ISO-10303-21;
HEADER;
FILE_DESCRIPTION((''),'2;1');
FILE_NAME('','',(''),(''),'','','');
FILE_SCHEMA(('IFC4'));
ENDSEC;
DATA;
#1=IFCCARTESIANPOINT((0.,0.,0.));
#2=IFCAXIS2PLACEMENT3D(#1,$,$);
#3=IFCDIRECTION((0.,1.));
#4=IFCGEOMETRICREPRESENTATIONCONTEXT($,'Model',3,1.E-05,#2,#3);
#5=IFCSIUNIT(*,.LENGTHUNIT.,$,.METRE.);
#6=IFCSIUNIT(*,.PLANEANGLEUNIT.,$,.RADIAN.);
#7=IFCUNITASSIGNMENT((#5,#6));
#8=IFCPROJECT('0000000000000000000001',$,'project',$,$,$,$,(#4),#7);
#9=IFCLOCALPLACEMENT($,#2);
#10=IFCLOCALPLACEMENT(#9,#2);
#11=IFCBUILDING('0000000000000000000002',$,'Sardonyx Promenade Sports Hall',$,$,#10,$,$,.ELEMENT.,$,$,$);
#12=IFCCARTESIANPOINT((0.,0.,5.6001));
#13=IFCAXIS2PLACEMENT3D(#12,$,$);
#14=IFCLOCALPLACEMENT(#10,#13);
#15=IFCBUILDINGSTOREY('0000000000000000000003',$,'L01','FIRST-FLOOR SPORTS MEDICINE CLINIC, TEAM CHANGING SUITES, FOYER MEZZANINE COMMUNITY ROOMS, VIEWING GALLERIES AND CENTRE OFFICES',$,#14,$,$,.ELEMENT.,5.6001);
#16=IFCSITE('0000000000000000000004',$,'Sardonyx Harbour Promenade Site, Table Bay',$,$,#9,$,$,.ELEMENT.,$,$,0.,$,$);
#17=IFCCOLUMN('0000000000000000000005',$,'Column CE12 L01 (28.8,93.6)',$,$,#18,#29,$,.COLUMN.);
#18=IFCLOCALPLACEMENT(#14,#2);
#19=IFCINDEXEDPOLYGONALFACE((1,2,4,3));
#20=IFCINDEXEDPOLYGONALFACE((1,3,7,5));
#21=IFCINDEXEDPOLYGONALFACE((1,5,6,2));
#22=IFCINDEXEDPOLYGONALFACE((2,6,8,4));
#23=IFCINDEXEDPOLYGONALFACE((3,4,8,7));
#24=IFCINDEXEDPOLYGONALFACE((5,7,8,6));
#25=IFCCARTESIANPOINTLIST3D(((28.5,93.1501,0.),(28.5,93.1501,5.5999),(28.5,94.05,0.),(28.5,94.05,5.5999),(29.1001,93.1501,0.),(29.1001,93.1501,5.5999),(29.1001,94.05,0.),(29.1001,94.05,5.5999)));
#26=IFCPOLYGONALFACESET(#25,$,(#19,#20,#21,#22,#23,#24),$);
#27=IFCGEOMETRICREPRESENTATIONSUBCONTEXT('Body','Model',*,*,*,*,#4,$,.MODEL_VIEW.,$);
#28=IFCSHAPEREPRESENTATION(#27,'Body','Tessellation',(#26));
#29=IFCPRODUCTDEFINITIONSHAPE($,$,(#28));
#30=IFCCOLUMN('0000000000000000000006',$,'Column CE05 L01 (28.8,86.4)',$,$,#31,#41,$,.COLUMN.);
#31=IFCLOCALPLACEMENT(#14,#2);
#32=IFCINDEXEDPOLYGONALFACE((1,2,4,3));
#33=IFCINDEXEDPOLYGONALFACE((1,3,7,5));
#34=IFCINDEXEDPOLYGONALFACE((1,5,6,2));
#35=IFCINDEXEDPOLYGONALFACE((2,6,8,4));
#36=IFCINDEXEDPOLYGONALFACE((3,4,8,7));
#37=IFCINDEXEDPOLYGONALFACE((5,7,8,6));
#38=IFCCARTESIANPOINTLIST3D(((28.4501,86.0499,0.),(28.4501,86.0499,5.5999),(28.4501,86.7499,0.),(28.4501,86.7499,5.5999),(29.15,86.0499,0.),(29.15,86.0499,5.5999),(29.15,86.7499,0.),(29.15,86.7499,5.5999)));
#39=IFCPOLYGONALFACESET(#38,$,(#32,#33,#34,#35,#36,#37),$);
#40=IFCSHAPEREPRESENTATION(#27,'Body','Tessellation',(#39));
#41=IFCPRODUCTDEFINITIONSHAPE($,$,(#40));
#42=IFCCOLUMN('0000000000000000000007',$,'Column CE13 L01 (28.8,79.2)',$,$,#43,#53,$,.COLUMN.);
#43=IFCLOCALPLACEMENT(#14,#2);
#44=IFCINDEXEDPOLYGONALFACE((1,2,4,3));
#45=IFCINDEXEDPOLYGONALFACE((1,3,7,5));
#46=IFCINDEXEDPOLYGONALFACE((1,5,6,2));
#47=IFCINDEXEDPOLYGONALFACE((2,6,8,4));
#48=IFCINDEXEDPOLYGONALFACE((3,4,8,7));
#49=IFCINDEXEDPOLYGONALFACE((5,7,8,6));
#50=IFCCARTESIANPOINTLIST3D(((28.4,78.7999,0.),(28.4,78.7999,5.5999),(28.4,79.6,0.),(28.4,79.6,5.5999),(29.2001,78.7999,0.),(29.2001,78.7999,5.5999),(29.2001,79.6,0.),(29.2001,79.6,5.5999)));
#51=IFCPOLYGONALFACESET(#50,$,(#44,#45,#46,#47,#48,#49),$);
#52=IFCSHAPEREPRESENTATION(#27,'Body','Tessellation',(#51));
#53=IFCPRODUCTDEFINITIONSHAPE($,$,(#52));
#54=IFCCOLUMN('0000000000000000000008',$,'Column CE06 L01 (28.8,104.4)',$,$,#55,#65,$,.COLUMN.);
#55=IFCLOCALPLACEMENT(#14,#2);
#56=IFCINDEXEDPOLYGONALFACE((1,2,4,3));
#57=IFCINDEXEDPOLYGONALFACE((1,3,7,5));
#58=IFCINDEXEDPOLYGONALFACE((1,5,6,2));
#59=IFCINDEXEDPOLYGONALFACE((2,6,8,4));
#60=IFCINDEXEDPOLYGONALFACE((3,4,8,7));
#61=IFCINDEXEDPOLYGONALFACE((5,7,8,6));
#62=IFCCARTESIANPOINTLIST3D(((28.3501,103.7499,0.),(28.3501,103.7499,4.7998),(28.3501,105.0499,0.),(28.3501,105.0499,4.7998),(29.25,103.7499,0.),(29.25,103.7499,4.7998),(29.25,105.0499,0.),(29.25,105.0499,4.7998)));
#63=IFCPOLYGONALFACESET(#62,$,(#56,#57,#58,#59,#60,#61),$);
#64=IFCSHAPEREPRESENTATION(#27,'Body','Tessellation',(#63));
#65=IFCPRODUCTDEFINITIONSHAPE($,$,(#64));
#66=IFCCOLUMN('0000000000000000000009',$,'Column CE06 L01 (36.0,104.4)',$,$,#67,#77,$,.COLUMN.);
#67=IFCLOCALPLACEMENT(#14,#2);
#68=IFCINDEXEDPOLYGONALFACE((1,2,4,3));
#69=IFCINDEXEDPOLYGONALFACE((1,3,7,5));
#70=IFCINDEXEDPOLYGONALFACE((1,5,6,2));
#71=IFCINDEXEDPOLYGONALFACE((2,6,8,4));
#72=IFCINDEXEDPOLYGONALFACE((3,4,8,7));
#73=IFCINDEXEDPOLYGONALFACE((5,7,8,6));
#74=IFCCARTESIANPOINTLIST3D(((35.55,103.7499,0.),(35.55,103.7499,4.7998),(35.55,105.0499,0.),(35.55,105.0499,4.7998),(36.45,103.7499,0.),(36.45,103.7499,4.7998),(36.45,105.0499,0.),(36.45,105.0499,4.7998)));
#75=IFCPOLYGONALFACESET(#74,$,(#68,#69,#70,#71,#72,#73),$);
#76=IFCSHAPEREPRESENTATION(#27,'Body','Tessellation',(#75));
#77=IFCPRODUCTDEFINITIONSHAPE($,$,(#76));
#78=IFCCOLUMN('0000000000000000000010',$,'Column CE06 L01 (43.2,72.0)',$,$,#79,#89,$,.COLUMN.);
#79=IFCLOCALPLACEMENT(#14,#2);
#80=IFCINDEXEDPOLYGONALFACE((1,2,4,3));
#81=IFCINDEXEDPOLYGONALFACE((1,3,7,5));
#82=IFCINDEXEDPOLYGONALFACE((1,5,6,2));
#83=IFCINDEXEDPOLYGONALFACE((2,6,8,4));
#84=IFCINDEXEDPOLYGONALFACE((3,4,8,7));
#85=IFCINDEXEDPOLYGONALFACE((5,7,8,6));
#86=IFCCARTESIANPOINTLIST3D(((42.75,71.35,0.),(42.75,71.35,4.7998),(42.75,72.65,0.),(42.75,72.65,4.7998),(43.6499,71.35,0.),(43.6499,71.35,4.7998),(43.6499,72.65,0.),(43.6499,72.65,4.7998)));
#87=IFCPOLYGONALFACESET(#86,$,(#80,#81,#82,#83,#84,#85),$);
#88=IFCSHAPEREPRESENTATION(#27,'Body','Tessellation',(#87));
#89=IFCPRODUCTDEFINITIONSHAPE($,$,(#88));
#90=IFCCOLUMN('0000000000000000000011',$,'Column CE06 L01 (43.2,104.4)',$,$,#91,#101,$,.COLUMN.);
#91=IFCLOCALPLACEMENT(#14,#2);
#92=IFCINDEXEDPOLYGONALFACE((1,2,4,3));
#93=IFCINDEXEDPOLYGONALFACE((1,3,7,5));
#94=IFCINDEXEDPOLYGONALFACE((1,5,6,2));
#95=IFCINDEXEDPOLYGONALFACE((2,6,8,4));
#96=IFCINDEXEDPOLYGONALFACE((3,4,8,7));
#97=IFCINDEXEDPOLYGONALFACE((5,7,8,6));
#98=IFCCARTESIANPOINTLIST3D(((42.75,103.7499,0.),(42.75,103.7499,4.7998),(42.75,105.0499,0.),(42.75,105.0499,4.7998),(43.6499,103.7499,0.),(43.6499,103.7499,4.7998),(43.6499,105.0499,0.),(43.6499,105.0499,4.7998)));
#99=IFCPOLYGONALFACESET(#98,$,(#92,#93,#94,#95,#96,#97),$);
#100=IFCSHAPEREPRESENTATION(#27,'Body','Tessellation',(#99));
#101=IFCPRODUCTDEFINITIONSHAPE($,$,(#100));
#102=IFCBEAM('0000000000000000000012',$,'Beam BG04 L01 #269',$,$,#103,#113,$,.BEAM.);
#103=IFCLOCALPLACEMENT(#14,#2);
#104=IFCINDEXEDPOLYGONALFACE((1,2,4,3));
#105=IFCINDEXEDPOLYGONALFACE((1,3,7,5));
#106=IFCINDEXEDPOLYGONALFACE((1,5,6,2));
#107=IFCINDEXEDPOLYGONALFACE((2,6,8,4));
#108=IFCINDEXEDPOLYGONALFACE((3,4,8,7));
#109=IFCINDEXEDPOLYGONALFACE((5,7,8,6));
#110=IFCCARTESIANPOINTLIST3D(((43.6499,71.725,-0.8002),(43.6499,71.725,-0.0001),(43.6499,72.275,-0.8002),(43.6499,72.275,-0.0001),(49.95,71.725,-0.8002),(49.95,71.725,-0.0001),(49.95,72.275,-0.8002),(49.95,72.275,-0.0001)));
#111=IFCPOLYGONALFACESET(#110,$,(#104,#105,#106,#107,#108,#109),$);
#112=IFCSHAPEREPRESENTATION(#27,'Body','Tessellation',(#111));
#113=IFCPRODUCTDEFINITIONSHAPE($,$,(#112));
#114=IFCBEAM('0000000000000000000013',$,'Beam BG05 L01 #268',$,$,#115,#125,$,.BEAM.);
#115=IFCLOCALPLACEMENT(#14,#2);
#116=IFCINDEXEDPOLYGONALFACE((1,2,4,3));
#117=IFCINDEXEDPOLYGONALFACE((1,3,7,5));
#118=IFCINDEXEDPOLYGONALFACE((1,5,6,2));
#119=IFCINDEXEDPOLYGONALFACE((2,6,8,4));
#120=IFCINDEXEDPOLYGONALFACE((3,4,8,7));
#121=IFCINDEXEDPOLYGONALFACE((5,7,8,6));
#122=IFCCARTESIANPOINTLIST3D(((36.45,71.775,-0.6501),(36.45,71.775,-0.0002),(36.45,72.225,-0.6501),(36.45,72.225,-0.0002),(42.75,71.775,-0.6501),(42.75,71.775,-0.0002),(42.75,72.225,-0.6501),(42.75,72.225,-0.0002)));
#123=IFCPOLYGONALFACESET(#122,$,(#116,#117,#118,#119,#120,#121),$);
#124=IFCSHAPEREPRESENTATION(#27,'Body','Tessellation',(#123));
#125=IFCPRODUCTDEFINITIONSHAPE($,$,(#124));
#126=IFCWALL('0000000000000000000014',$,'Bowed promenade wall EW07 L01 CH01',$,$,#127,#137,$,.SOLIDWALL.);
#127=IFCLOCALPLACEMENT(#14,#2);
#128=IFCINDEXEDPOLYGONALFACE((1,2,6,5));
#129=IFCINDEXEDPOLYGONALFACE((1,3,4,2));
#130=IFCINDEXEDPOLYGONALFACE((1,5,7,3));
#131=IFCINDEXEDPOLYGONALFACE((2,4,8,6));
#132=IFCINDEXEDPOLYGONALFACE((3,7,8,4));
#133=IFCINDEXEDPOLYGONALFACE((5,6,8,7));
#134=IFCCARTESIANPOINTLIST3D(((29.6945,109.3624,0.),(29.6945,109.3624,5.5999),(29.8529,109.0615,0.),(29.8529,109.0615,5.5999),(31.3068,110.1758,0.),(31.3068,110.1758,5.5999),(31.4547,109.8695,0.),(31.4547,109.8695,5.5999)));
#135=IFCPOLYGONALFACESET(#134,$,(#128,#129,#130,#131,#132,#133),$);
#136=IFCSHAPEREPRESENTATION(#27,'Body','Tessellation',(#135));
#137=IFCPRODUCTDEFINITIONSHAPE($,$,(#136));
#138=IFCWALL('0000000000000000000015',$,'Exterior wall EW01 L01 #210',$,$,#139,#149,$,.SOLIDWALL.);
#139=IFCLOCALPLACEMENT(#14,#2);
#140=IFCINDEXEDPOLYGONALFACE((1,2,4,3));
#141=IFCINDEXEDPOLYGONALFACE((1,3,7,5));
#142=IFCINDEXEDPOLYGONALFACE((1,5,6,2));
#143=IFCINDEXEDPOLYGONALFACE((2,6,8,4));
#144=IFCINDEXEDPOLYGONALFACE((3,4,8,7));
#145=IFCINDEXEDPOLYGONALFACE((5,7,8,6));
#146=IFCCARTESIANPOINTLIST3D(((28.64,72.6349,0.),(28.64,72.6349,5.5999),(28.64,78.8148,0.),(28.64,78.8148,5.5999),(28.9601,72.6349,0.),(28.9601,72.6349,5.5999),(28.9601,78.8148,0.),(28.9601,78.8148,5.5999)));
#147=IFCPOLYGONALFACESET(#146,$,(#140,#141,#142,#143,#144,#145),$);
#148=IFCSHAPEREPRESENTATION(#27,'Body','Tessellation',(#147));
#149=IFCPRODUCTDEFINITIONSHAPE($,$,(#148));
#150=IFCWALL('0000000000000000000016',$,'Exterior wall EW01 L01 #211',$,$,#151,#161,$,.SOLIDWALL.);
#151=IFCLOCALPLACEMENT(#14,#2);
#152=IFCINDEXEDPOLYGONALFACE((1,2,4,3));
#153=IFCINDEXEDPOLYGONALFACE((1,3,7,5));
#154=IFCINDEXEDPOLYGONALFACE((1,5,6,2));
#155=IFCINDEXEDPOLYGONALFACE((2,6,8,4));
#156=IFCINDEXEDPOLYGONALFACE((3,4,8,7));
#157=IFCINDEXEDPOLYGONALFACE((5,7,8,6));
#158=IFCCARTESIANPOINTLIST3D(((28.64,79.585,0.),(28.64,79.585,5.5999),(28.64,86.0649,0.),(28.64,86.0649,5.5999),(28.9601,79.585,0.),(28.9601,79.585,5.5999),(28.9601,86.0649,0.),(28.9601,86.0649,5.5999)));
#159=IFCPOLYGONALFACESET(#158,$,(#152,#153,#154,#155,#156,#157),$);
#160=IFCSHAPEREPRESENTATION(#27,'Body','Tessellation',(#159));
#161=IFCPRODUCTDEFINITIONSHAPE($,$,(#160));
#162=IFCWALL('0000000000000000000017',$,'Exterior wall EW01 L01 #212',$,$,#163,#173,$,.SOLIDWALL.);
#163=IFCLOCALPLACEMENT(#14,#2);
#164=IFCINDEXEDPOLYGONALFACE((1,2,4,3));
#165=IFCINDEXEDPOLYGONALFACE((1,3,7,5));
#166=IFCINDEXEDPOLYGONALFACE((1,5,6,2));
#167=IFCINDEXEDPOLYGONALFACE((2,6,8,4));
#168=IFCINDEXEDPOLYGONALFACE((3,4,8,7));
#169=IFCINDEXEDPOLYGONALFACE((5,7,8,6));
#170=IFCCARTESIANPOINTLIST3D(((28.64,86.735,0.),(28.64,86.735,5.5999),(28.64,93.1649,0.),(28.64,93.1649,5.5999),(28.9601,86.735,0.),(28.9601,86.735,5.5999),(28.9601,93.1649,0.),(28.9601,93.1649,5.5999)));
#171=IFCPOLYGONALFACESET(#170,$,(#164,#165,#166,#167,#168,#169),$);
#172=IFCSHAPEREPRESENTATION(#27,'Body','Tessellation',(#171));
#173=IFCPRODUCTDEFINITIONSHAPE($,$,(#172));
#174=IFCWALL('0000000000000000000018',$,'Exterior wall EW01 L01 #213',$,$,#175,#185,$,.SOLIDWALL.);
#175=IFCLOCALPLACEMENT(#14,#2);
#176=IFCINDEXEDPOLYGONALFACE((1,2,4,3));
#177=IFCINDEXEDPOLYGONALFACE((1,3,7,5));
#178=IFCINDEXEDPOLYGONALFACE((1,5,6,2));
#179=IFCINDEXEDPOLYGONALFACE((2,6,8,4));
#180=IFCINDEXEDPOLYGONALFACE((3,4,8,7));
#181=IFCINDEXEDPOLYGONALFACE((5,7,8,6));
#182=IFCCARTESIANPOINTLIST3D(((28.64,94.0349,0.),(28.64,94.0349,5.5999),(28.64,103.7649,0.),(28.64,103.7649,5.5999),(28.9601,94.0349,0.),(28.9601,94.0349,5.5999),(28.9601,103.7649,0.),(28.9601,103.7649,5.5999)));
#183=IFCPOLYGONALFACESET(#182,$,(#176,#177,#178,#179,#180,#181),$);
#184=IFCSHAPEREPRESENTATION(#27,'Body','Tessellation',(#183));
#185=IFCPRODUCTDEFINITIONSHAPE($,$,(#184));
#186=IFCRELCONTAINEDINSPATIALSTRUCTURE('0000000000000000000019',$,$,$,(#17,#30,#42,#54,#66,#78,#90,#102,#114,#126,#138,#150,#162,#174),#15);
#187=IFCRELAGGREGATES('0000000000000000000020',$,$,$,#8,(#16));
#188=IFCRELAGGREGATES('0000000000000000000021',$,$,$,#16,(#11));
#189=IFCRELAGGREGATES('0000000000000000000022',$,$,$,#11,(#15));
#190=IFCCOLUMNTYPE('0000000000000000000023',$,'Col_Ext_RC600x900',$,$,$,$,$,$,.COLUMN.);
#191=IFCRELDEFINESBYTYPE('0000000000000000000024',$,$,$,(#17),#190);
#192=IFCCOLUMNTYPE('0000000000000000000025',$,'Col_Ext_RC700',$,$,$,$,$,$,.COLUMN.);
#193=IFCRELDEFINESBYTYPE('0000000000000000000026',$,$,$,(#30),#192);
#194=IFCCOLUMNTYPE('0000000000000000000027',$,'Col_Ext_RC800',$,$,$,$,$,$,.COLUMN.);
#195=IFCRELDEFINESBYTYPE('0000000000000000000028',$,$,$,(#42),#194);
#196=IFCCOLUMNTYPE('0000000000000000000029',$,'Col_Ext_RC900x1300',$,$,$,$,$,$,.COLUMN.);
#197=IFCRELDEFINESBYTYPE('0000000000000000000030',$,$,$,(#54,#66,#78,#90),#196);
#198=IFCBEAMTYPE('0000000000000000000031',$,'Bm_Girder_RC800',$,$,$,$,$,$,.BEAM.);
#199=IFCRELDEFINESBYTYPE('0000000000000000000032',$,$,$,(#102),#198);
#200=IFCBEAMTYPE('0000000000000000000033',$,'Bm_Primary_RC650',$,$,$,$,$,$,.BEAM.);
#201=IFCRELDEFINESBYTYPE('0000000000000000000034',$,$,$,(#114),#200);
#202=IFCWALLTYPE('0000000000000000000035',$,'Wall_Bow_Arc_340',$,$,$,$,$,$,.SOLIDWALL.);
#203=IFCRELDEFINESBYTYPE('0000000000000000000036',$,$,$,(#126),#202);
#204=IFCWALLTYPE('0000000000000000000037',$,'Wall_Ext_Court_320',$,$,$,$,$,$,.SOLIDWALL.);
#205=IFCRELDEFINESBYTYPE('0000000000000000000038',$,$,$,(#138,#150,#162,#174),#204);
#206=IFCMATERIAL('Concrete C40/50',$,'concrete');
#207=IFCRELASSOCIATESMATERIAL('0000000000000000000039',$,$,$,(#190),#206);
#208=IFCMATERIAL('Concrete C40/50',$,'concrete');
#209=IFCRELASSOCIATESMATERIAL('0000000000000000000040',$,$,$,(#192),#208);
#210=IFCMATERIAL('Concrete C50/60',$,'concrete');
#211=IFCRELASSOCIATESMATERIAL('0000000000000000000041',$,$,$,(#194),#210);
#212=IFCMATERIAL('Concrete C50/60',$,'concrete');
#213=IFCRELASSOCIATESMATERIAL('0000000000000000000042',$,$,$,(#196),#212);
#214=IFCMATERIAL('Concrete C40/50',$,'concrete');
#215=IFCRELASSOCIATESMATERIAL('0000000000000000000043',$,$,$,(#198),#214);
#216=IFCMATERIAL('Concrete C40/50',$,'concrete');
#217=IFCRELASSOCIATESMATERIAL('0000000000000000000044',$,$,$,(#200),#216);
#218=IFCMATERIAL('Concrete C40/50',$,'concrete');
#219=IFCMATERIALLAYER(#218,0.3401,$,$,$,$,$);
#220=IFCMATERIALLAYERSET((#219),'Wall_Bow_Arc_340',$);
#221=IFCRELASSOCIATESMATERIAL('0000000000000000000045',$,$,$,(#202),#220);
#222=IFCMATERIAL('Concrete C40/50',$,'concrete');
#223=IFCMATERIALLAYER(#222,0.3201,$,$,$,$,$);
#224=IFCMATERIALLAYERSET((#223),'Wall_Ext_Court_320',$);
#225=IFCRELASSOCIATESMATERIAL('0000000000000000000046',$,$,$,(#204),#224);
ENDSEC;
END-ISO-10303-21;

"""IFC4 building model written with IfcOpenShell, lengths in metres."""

from ifc_helpers import new_model, si_unit, direction, frame, frame_2d, origin, origin_2d, place, context, subcontext, project, spatial, polyline, rectangle, outline, extrude, material, layer, layer_set, material_profile, profile_set, type_object, element, save


model = new_model("IFC4")

# Units and contexts
model_context = context("Model", 3, precision=1e-05, world=origin(), true_north=direction((0.0, 1.0)))
body_context = subcontext(model_context, "Body", "Model", "MODEL_VIEW")
ifc_project = project(units=[si_unit("LENGTHUNIT", "METRE"), si_unit("PLANEANGLEUNIT", "RADIAN")], contexts=[model_context])

# Site, building, storey
site_placement = place(None, origin())
site = spatial("IfcSite", under=ifc_project, at=site_placement, Name="Sardonyx Harbour Promenade Site, Table Bay", CompositionType="ELEMENT", RefElevation=0.0)
building_placement = place(site_placement, origin())
building = spatial("IfcBuilding", under=site, at=building_placement, Name="Sardonyx Promenade Sports Hall", CompositionType="ELEMENT")
storey_placement = place(building_placement, frame((0.0, 0.0, 5.6001)))
storey = spatial("IfcBuildingStorey", under=building, at=storey_placement, Name="L01", Description="FIRST-FLOOR SPORTS MEDICINE CLINIC, TEAM CHANGING SUITES, FOYER MEZZANINE COMMUNITY ROOMS, VIEWING GALLERIES AND CENTRE OFFICES", CompositionType="ELEMENT", Elevation=5.6001)

# Columns
ifc_material_1 = material(Name="Concrete C40/50", Category="concrete")
ifc_material_profile_1 = material_profile(ifc_material_1, rectangle(XDim=0.6001, YDim=0.8999, at=origin_2d()))
ifc_profile_set_1 = profile_set([ifc_material_profile_1], Name="Concrete C40/50")
column_type_1 = type_object("IfcColumnType", Name="Col_Ext_RC600x900", PredefinedType="COLUMN", material=ifc_profile_set_1)
column_1_placement = place(storey_placement, frame((28.8, 93.6001, 0.0), z_axis=(0.0, 0.0, 1.0), x_axis=(1.0, 0.0, 0.0)))
element("IfcColumn", 1, at=column_1_placement, inside=storey, type_object=column_type_1, Name="Column CE12 L01 (28.8,93.6)", PredefinedType="COLUMN", context=body_context, shape_type="SweptSolid", body=[
    extrude(rectangle(XDim=0.6001, YDim=0.8999, at=origin_2d()), origin(), (0.0, 0.0, 1.0), 5.5999),
])
ifc_material_2 = material(Name="Concrete C40/50", Category="concrete")
ifc_material_profile_2 = material_profile(ifc_material_2, rectangle(XDim=0.7, YDim=0.7, at=origin_2d()))
ifc_profile_set_2 = profile_set([ifc_material_profile_2], Name="Concrete C40/50")
column_type_2 = type_object("IfcColumnType", Name="Col_Ext_RC700", PredefinedType="COLUMN", material=ifc_profile_set_2)
column_2_placement = place(storey_placement, frame((28.8, 86.3999, 0.0), z_axis=(0.0, 0.0, 1.0), x_axis=(1.0, 0.0, 0.0)))
element("IfcColumn", 2, at=column_2_placement, inside=storey, type_object=column_type_2, Name="Column CE05 L01 (28.8,86.4)", PredefinedType="COLUMN", context=body_context, shape_type="SweptSolid", body=[
    extrude(rectangle(XDim=0.7, YDim=0.7, at=origin_2d()), origin(), (0.0, 0.0, 1.0), 5.5999),
])
ifc_material_3 = material(Name="Concrete C50/60", Category="concrete")
ifc_material_profile_3 = material_profile(ifc_material_3, rectangle(XDim=0.8, YDim=0.8, at=origin_2d()))
ifc_profile_set_3 = profile_set([ifc_material_profile_3], Name="Concrete C50/60")
column_type_3 = type_object("IfcColumnType", Name="Col_Ext_RC800", PredefinedType="COLUMN", material=ifc_profile_set_3)
column_3_placement = place(storey_placement, frame((28.8, 79.2, 0.0), z_axis=(0.0, 0.0, 1.0), x_axis=(1.0, 0.0, 0.0)))
element("IfcColumn", 3, at=column_3_placement, inside=storey, type_object=column_type_3, Name="Column CE13 L01 (28.8,79.2)", PredefinedType="COLUMN", context=body_context, shape_type="SweptSolid", body=[
    extrude(rectangle(XDim=0.8, YDim=0.8, at=origin_2d()), origin(), (0.0, 0.0, 1.0), 5.5999),
])
ifc_material_4 = material(Name="Concrete C50/60", Category="concrete")
ifc_material_profile_4 = material_profile(ifc_material_4, rectangle(XDim=0.8999, YDim=1.3, at=origin_2d()))
ifc_profile_set_4 = profile_set([ifc_material_profile_4], Name="Concrete C50/60")
column_type_4 = type_object("IfcColumnType", Name="Col_Ext_RC900x1300", PredefinedType="COLUMN", material=ifc_profile_set_4)
for number, where, z_axis, x_axis, name in (
    (4, (28.8, 104.3999, 0.0), (0.0, 0.0, 1.0), (1.0, 0.0, 0.0), "Column CE06 L01 (28.8,104.4)"),
    (5, (36.0, 104.3999, 0.0), (0.0, 0.0, 1.0), (1.0, 0.0, 0.0), "Column CE06 L01 (36.0,104.4)"),
    (6, (43.2, 72.0, 0.0), (0.0, 0.0, 1.0), (1.0, 0.0, 0.0), "Column CE06 L01 (43.2,72.0)"),
    (7, (43.2, 104.3999, 0.0), (0.0, 0.0, 1.0), (1.0, 0.0, 0.0), "Column CE06 L01 (43.2,104.4)"),
):
    element("IfcColumn", number, at=place(storey_placement, frame(where, z_axis=z_axis, x_axis=x_axis)), inside=storey, type_object=column_type_4, Name=name, PredefinedType="COLUMN", context=body_context, shape_type="SweptSolid", body=[
        extrude(rectangle(XDim=0.8999, YDim=1.3, at=origin_2d()), origin(), (0.0, 0.0, 1.0), 4.7998),
    ])

# Beams
ifc_material_5 = material(Name="Concrete C40/50", Category="concrete")
ifc_material_profile_5 = material_profile(ifc_material_5, rectangle(XDim=0.55, YDim=0.8, at=origin_2d()))
ifc_profile_set_5 = profile_set([ifc_material_profile_5], Name="Concrete C40/50")
beam_type_1 = type_object("IfcBeamType", Name="Bm_Girder_RC800", PredefinedType="BEAM", material=ifc_profile_set_5)
beam_1_placement = place(storey_placement, frame((43.6499, 72.0, -0.4001), z_axis=(1.0, 0.0, 0.0), x_axis=(0.0, 1.0, 0.0)))
element("IfcBeam", 8, at=beam_1_placement, inside=storey, type_object=beam_type_1, Name="Beam BG04 L01 #269", PredefinedType="BEAM", context=body_context, shape_type="SweptSolid", body=[
    extrude(rectangle(XDim=0.55, YDim=0.8, at=origin_2d()), origin(), (0.0, 0.0, 1.0), 6.3),
])
ifc_material_6 = material(Name="Concrete C40/50", Category="concrete")
ifc_material_profile_6 = material_profile(ifc_material_6, rectangle(XDim=0.45, YDim=0.6499, at=origin_2d()))
ifc_profile_set_6 = profile_set([ifc_material_profile_6], Name="Concrete C40/50")
beam_type_2 = type_object("IfcBeamType", Name="Bm_Primary_RC650", PredefinedType="BEAM", material=ifc_profile_set_6)
beam_2_placement = place(storey_placement, frame((36.45, 72.0, -0.3252), z_axis=(1.0, 0.0, 0.0), x_axis=(0.0, 1.0, 0.0)))
element("IfcBeam", 9, at=beam_2_placement, inside=storey, type_object=beam_type_2, Name="Beam BG05 L01 #268", PredefinedType="BEAM", context=body_context, shape_type="SweptSolid", body=[
    extrude(rectangle(XDim=0.45, YDim=0.6499, at=origin_2d()), origin(), (0.0, 0.0, 1.0), 6.3),
])

# Walls
ifc_material_7 = material(Name="Concrete C40/50", Category="concrete")
ifc_layer_1 = layer(ifc_material_7, 0.3401)
ifc_layer_set_1 = layer_set([ifc_layer_1], Name="Wall_Bow_Arc_340")
wall_type_1 = type_object("IfcWallType", Name="Wall_Bow_Arc_340", PredefinedType="SOLIDWALL", material=ifc_layer_set_1)
wall_1_placement = place(storey_placement, frame((29.7737, 109.2119, 0.0), z_axis=(0.0, 0.0, 1.0), x_axis=(0.892821, 0.450411, 0.0)))
element("IfcWall", 10, at=wall_1_placement, inside=storey, type_object=wall_type_1, Name="Bowed promenade wall EW07 L01 CH01", PredefinedType="SOLIDWALL", context=body_context, shape_type="SweptSolid", body=[
    extrude(outline(polyline([(0.0029, -0.17), (1.7971, -0.17), (1.8029, 0.17), (-0.0029, 0.17), (0.0029, -0.17)])), origin(), (0.0, 0.0, 1.0), 5.5999),
])
ifc_material_8 = material(Name="Concrete C40/50", Category="concrete")
ifc_layer_2 = layer(ifc_material_8, 0.3201)
ifc_layer_set_2 = layer_set([ifc_layer_2], Name="Wall_Ext_Court_320")
wall_type_2 = type_object("IfcWallType", Name="Wall_Ext_Court_320", PredefinedType="SOLIDWALL", material=ifc_layer_set_2)
wall_2_placement = place(storey_placement, frame((28.8, 72.635, 0.0), z_axis=(0.0, 0.0, 1.0), x_axis=(0.0, 1.0, 0.0)))
element("IfcWall", 11, at=wall_2_placement, inside=storey, type_object=wall_type_2, Name="Exterior wall EW01 L01 #210", PredefinedType="SOLIDWALL", context=body_context, shape_type="SweptSolid", body=[
    extrude(rectangle(XDim=6.1799, YDim=0.3201, at=frame_2d((3.0898, 0.0))), origin(), (0.0, 0.0, 1.0), 5.5999),
])
wall_3_placement = place(storey_placement, frame((28.8, 79.585, 0.0), z_axis=(0.0, 0.0, 1.0), x_axis=(0.0, 1.0, 0.0)))
element("IfcWall", 12, at=wall_3_placement, inside=storey, type_object=wall_type_2, Name="Exterior wall EW01 L01 #211", PredefinedType="SOLIDWALL", context=body_context, shape_type="SweptSolid", body=[
    extrude(rectangle(XDim=6.48, YDim=0.3201, at=frame_2d((3.24, 0.0))), origin(), (0.0, 0.0, 1.0), 5.5999),
])
wall_4_placement = place(storey_placement, frame((28.8, 86.7351, 0.0), z_axis=(0.0, 0.0, 1.0), x_axis=(0.0, 1.0, 0.0)))
element("IfcWall", 13, at=wall_4_placement, inside=storey, type_object=wall_type_2, Name="Exterior wall EW01 L01 #212", PredefinedType="SOLIDWALL", context=body_context, shape_type="SweptSolid", body=[
    extrude(rectangle(XDim=6.4299, YDim=0.3201, at=frame_2d((3.2148, 0.0))), origin(), (0.0, 0.0, 1.0), 5.5999),
])
wall_5_placement = place(storey_placement, frame((28.8, 94.0349, 0.0), z_axis=(0.0, 0.0, 1.0), x_axis=(0.0, 1.0, 0.0)))
element("IfcWall", 14, at=wall_5_placement, inside=storey, type_object=wall_type_2, Name="Exterior wall EW01 L01 #213", PredefinedType="SOLIDWALL", context=body_context, shape_type="SweptSolid", body=[
    extrude(rectangle(XDim=9.73, YDim=0.3201, at=frame_2d((4.865, 0.0))), origin(), (0.0, 0.0, 1.0), 5.5999),
])

save(model, "model.ifc")
